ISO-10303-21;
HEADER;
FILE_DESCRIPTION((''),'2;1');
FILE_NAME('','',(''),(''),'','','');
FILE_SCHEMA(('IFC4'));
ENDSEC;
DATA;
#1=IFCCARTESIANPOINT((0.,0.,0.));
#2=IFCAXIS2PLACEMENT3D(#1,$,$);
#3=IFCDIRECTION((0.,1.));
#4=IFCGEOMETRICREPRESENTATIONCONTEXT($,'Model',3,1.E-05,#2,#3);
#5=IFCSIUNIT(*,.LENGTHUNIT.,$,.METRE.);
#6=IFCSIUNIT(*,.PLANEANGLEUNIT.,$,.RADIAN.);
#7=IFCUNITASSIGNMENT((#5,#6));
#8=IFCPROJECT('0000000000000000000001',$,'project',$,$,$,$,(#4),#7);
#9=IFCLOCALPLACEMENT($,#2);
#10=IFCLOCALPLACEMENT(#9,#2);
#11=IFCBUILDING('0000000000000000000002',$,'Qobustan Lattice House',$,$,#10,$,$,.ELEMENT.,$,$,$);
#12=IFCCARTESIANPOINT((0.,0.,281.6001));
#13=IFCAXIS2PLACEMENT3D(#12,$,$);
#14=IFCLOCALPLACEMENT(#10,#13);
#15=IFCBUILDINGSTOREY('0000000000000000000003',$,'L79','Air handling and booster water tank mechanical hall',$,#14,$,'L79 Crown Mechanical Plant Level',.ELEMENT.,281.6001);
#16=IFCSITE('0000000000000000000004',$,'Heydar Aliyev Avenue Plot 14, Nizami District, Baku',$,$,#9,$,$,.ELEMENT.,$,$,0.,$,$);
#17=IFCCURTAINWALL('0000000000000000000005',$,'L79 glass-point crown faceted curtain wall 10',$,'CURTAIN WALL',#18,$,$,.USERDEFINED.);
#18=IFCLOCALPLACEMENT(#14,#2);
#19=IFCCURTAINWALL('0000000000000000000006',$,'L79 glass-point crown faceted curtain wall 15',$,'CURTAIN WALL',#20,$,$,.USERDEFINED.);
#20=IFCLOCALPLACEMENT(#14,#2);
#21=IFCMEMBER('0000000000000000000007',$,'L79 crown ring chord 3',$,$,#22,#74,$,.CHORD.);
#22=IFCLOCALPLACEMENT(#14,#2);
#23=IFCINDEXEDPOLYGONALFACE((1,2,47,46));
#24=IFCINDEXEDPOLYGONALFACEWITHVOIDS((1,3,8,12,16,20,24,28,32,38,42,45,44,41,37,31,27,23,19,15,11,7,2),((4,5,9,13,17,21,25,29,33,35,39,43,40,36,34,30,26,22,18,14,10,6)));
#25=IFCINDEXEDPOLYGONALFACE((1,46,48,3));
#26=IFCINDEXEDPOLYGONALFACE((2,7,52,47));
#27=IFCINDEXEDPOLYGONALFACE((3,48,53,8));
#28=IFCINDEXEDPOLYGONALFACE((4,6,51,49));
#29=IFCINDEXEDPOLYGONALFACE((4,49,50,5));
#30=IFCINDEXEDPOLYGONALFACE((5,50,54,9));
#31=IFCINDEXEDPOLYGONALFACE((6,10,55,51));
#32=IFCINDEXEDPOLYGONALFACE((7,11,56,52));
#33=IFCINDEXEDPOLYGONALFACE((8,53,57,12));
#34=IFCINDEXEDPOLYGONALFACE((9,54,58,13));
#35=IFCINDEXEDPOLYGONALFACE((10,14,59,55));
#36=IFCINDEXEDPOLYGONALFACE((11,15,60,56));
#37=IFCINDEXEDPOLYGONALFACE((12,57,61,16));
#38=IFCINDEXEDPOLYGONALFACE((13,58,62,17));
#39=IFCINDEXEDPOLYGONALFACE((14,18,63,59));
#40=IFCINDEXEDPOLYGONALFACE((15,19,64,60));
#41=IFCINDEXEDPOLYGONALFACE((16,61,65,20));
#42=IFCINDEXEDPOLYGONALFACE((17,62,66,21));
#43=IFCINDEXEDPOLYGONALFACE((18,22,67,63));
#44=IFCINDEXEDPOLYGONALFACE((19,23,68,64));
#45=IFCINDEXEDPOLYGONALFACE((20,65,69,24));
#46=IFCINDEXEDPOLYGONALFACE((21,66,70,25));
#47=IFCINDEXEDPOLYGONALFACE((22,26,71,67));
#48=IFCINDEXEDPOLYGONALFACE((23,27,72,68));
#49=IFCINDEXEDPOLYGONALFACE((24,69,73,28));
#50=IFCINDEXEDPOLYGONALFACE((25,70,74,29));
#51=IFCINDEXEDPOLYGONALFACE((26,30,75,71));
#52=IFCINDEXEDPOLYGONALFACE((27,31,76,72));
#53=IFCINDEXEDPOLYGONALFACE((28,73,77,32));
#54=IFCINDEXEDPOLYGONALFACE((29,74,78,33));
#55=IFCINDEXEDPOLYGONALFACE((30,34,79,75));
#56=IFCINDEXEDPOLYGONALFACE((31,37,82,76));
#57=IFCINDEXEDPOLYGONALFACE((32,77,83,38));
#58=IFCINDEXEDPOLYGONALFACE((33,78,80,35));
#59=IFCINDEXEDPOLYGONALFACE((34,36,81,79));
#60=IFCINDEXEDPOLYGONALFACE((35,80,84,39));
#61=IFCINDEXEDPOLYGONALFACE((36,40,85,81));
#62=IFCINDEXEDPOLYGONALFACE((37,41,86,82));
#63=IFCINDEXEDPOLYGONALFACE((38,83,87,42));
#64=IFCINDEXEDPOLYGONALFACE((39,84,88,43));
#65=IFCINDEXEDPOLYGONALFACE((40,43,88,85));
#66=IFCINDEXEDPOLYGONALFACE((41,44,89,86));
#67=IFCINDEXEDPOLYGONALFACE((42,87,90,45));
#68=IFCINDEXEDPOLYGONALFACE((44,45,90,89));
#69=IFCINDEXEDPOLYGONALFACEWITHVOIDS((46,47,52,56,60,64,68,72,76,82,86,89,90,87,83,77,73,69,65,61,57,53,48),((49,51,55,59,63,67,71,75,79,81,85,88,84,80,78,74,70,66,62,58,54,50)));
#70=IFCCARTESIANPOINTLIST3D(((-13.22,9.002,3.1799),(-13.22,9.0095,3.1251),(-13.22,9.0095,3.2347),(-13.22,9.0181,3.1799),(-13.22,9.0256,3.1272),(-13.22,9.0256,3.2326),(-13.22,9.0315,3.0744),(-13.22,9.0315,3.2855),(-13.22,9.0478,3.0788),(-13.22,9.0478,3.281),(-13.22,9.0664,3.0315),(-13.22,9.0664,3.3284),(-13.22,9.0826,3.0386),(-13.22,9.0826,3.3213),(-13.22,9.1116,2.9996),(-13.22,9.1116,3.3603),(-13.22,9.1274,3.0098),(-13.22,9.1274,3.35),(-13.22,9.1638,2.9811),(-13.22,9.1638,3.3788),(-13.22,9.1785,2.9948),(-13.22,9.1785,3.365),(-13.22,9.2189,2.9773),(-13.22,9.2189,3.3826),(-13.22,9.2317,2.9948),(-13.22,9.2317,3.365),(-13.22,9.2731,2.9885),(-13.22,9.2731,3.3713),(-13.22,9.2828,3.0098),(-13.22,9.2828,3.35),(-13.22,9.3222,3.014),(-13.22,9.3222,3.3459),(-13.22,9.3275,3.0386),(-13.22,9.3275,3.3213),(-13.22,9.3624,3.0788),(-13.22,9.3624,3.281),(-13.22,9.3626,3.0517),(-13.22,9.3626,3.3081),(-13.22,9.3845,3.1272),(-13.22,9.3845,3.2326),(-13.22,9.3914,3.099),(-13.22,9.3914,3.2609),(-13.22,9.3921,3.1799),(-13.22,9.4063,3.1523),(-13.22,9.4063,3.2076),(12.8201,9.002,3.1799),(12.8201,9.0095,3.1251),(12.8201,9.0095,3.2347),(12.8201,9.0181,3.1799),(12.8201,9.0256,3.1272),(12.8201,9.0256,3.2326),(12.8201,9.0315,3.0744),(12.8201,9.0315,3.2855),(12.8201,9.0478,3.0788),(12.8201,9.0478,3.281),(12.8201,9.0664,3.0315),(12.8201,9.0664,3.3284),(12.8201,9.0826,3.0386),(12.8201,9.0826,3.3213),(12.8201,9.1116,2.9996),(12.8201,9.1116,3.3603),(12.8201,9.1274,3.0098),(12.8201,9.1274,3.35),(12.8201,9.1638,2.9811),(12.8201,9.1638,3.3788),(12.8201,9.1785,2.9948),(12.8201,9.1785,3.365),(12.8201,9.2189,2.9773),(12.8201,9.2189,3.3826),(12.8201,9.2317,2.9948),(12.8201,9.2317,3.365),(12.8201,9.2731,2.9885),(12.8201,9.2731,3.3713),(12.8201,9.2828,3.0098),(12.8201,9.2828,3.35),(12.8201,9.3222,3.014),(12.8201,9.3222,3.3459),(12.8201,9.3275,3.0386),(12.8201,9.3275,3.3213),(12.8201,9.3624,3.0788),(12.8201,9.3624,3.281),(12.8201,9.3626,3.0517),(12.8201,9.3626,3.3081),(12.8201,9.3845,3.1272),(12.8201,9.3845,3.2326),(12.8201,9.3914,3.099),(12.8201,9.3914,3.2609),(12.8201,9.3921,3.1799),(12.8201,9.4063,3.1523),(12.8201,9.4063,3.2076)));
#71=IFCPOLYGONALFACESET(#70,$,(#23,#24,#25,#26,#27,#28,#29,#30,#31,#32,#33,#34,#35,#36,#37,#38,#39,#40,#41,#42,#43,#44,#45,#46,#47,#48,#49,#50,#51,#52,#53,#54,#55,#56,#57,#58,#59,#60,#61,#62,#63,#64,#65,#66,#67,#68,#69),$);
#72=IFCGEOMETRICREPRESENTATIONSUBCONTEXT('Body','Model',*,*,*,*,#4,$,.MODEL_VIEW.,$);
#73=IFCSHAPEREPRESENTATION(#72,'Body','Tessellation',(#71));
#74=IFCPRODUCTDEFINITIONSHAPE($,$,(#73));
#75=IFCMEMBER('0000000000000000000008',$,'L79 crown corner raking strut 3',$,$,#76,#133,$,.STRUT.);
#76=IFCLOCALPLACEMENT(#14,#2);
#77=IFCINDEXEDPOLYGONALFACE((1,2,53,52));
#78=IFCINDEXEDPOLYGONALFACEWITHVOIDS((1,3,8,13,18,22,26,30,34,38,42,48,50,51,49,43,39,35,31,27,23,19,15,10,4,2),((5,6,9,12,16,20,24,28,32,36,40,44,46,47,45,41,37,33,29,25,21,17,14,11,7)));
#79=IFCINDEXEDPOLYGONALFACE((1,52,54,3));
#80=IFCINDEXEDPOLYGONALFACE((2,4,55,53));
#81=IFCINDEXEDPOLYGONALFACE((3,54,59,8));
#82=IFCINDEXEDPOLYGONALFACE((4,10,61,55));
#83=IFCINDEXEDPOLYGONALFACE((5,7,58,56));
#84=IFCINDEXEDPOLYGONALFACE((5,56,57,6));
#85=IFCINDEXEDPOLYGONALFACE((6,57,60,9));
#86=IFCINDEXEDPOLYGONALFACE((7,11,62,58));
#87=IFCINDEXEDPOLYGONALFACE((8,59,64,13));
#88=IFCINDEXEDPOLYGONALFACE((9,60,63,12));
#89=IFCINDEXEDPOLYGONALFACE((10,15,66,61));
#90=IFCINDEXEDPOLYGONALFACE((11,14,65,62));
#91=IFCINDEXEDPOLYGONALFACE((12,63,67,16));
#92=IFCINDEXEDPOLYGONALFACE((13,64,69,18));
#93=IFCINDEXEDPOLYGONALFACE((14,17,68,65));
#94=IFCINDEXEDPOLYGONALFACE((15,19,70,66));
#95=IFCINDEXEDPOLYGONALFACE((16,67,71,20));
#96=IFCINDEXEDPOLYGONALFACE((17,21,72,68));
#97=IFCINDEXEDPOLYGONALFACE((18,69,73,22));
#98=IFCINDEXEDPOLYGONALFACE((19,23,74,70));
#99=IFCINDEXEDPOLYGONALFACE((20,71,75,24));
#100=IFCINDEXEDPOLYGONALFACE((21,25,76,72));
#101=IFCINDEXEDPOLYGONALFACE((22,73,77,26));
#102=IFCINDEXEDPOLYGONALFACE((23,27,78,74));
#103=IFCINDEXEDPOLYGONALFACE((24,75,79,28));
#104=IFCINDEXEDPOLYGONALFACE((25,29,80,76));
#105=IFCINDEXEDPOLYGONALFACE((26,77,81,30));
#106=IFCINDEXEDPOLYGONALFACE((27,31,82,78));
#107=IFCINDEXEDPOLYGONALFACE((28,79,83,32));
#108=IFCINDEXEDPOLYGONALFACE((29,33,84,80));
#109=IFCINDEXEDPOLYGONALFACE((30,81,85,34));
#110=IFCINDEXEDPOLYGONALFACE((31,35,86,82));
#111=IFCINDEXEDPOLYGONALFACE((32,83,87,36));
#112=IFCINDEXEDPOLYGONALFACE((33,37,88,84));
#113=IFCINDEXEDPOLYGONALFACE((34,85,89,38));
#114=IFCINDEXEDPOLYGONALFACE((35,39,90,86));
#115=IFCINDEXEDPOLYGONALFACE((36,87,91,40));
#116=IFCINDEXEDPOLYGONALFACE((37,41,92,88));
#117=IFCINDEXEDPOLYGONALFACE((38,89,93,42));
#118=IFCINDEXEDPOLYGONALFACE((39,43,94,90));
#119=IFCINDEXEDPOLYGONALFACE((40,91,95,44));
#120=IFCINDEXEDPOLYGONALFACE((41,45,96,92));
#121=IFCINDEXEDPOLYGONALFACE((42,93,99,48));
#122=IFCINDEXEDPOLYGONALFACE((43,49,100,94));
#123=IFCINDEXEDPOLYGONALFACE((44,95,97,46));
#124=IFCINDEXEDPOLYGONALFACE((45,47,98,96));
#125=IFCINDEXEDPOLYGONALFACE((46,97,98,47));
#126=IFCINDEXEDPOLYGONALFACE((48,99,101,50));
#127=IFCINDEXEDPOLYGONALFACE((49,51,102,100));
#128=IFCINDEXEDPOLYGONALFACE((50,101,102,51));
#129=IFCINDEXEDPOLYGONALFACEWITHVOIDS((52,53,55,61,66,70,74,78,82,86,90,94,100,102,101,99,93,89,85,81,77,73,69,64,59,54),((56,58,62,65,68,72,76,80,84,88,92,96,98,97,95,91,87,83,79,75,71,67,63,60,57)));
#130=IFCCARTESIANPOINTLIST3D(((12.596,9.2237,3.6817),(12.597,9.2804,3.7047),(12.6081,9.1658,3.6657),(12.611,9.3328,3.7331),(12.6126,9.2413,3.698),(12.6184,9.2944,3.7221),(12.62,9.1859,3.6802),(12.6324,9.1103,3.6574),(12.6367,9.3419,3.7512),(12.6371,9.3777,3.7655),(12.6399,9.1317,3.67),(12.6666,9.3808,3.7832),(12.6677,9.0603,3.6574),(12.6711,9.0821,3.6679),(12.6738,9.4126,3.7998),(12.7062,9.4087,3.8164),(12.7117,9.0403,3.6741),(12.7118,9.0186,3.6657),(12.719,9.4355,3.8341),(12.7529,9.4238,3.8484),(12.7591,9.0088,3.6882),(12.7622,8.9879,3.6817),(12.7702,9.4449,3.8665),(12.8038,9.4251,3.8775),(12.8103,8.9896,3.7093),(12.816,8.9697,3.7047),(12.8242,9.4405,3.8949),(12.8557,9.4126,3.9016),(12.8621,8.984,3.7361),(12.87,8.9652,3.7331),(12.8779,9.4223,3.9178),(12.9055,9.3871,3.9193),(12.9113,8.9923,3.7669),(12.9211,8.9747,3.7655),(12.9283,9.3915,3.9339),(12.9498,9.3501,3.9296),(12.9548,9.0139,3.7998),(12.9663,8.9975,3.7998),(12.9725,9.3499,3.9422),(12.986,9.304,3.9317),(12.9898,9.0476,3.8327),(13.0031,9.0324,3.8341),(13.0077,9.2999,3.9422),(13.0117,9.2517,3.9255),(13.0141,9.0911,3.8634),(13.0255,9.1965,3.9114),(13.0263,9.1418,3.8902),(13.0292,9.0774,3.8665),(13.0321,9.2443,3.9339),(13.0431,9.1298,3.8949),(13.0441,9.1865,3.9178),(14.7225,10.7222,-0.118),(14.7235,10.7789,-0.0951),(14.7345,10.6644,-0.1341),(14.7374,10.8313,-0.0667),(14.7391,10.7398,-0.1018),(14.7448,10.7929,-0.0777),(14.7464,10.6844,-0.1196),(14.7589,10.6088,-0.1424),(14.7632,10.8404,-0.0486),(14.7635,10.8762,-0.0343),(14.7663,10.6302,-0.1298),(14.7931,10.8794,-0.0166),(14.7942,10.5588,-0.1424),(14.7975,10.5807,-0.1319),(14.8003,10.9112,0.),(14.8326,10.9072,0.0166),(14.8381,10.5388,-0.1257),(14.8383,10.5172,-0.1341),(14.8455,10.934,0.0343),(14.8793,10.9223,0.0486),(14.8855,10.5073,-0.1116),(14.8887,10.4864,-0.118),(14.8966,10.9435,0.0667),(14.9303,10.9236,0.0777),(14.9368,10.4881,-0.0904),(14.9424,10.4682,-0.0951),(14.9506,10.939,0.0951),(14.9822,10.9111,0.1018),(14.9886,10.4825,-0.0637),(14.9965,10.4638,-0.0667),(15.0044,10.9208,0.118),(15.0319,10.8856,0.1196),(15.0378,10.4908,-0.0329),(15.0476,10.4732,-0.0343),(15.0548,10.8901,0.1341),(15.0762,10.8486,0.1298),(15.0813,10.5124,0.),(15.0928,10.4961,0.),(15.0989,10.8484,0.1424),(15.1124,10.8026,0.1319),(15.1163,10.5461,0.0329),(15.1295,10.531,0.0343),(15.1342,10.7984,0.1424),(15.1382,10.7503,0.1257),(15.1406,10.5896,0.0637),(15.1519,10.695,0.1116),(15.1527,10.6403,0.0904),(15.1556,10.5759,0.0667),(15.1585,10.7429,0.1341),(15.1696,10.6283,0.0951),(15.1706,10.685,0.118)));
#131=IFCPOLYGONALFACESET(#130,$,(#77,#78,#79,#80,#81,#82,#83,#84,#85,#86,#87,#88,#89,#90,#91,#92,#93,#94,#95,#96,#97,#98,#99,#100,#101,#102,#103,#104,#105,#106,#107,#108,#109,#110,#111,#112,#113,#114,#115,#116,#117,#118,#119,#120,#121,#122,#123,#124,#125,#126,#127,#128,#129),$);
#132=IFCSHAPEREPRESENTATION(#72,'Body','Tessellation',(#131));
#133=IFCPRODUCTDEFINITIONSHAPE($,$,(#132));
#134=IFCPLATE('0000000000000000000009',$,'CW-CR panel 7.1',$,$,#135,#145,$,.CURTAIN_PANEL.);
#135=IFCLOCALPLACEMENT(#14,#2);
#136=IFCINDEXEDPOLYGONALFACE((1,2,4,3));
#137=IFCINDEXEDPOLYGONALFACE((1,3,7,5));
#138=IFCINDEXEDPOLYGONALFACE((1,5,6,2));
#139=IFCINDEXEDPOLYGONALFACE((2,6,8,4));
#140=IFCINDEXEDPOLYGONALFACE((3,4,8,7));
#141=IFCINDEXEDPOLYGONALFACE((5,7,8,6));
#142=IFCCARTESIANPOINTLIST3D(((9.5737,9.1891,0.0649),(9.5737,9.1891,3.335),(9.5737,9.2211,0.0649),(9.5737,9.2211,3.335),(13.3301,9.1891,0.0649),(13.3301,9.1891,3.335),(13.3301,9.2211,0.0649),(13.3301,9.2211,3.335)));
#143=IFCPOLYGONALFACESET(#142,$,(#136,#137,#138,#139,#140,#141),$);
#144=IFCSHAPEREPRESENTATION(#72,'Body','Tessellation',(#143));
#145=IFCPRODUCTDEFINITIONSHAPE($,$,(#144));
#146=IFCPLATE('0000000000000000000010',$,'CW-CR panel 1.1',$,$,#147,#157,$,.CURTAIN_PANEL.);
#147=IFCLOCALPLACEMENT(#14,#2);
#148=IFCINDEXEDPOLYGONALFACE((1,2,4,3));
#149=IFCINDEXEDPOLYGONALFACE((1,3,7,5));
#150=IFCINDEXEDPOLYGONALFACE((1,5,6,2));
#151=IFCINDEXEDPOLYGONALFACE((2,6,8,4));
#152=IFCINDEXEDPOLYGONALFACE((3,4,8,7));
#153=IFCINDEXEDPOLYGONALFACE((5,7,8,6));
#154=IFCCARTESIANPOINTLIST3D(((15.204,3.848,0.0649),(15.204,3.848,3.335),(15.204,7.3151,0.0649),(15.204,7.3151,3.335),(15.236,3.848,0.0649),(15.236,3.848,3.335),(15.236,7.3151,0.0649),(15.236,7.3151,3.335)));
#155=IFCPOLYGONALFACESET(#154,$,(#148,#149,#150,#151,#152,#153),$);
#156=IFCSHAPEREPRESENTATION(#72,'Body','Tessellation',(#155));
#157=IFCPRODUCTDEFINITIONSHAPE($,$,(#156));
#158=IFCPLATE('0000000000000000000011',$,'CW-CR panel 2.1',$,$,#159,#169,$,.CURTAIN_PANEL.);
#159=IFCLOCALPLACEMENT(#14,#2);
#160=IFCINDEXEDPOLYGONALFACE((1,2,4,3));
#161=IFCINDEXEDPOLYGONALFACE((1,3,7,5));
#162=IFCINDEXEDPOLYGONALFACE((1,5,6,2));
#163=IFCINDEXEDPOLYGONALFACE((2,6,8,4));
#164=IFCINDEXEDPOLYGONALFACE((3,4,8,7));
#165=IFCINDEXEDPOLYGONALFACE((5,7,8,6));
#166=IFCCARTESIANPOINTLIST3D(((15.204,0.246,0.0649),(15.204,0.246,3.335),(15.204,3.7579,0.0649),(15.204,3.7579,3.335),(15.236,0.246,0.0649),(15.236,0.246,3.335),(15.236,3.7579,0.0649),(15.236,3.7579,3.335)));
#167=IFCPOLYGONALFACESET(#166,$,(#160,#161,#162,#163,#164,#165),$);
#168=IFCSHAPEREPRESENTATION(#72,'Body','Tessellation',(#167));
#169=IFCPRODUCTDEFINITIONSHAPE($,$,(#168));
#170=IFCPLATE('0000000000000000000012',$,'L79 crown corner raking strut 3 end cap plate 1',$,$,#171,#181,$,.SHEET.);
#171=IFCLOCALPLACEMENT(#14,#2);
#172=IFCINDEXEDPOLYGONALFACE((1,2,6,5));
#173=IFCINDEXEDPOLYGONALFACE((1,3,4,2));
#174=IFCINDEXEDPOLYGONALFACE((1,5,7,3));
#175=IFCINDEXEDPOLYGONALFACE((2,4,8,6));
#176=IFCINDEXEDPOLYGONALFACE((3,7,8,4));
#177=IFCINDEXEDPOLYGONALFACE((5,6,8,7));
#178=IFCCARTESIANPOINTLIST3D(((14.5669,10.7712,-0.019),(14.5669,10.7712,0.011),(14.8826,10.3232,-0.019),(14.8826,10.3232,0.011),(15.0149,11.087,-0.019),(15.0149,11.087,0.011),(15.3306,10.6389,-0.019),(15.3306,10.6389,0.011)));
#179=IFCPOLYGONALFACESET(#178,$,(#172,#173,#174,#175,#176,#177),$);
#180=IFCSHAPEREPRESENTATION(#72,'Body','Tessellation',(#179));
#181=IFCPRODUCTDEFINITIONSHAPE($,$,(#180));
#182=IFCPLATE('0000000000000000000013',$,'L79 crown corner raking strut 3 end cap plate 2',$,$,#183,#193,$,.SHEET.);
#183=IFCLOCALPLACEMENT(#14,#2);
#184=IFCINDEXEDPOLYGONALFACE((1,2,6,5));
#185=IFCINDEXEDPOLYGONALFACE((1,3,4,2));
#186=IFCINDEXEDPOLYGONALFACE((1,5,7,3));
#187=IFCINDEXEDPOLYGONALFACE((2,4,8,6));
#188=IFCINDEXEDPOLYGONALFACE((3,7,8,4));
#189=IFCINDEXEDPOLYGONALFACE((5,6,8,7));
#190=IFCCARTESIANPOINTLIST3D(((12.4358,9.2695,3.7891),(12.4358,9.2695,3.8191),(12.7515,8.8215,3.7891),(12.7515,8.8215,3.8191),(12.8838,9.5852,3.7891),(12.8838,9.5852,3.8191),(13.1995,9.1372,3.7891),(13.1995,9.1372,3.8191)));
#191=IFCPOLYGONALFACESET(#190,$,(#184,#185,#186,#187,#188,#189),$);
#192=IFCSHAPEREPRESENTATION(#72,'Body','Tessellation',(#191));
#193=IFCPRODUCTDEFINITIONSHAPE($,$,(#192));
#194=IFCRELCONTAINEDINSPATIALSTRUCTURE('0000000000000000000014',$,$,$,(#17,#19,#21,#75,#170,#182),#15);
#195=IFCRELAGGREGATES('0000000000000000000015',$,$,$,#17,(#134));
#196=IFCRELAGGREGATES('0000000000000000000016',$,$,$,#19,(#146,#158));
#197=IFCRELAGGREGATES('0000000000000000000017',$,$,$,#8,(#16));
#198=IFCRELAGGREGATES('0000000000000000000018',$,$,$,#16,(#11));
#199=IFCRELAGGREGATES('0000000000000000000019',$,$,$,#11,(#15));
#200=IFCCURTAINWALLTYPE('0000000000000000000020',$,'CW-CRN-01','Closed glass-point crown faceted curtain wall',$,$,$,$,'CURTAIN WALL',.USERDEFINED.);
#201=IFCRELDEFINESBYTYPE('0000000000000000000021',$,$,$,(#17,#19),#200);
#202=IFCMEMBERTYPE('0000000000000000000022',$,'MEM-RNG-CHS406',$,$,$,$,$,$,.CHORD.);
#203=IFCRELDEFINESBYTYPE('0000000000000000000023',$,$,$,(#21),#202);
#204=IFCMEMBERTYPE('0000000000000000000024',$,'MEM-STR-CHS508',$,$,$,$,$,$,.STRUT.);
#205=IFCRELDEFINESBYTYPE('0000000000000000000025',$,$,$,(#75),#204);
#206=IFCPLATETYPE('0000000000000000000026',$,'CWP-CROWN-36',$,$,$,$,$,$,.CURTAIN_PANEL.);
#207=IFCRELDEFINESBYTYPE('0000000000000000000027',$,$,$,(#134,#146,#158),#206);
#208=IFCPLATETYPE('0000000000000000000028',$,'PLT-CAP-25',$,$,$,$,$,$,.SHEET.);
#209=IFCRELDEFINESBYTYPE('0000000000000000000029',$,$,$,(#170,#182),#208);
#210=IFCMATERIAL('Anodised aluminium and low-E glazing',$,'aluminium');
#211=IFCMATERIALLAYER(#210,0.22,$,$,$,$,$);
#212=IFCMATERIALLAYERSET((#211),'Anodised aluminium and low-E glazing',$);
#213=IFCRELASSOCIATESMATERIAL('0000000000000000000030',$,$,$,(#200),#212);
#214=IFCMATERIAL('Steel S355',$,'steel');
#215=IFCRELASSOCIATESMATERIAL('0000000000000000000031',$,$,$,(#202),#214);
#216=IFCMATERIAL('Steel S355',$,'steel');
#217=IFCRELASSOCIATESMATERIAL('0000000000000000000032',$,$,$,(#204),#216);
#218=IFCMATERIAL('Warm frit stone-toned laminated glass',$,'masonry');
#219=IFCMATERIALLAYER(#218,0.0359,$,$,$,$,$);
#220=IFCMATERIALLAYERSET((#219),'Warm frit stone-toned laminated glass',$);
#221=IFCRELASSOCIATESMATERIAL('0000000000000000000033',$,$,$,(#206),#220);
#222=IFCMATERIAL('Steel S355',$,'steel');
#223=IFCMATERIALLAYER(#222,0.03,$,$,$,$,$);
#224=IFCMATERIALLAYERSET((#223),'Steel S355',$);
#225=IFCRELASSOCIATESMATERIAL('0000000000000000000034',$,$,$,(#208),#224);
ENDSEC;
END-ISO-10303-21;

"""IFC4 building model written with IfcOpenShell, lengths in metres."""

from ifc_helpers import new_model, si_unit, direction, frame, origin, origin_2d, place, context, subcontext, project, spatial, rectangle, hollow_circle, extrude, material, layer, layer_set, material_profile, profile_set, type_object, element, aggregate, save


model = new_model("IFC4")

# Units and contexts
model_context = context("Model", 3, precision=1e-05, world=origin(), true_north=direction((0.0, 1.0)))
body_context = subcontext(model_context, "Body", "Model", "MODEL_VIEW")
ifc_project = project(units=[si_unit("LENGTHUNIT", "METRE"), si_unit("PLANEANGLEUNIT", "RADIAN")], contexts=[model_context])

# Site, building, storey
site_placement = place(None, origin())
site = spatial("IfcSite", under=ifc_project, at=site_placement, Name="Heydar Aliyev Avenue Plot 14, Nizami District, Baku", CompositionType="ELEMENT", RefElevation=0.0)
building_placement = place(site_placement, origin())
building = spatial("IfcBuilding", under=site, at=building_placement, Name="Qobustan Lattice House", CompositionType="ELEMENT")
storey_placement = place(building_placement, frame((0.0, 0.0, 281.6001)))
storey = spatial("IfcBuildingStorey", under=building, at=storey_placement, Name="L79", Description="Air handling and booster water tank mechanical hall", LongName="L79 Crown Mechanical Plant Level", CompositionType="ELEMENT", Elevation=281.6001)

# Curtain wall
ifc_material_1 = material(Name="Anodised aluminium and low-E glazing", Category="aluminium")
ifc_layer_1 = layer(ifc_material_1, 0.22)
ifc_layer_set_1 = layer_set([ifc_layer_1], Name="Anodised aluminium and low-E glazing")
curtain_wall_type = type_object("IfcCurtainWallType", Name="CW-CRN-01", Description="Closed glass-point crown faceted curtain wall", ElementType="CURTAIN WALL", PredefinedType="USERDEFINED", material=ifc_layer_set_1)
curtain_wall_1_placement = place(storey_placement, origin())
curtain_wall_1 = element("IfcCurtainWall", 1, at=curtain_wall_1_placement, inside=storey, type_object=curtain_wall_type, Name="L79 glass-point crown faceted curtain wall 10", ObjectType="CURTAIN WALL", PredefinedType="USERDEFINED")

# Curtain wall
curtain_wall_2_placement = place(storey_placement, origin())
curtain_wall_2 = element("IfcCurtainWall", 2, at=curtain_wall_2_placement, inside=storey, type_object=curtain_wall_type, Name="L79 glass-point crown faceted curtain wall 15", ObjectType="CURTAIN WALL", PredefinedType="USERDEFINED")

# Members
ifc_material_2 = material(Name="Steel S355", Category="steel")
ifc_material_profile_1 = material_profile(ifc_material_2, hollow_circle(Radius=0.2031, WallThickness=0.0161, at=origin_2d()), Name="CHS406.4x16")
ifc_profile_set_1 = profile_set([ifc_material_profile_1], Name="Steel S355")
member_type_1 = type_object("IfcMemberType", Name="MEM-RNG-CHS406", PredefinedType="CHORD", material=ifc_profile_set_1)
member_1_placement = place(storey_placement, frame((12.8201, 9.2051, 3.1799), z_axis=(-1.0, 0.0, 0.0), x_axis=(0.0, -1.0, 0.0)))
element("IfcMember", 3, at=member_1_placement, inside=storey, type_object=member_type_1, Name="L79 crown ring chord 3", PredefinedType="CHORD", context=body_context, shape_type="SweptSolid", body=[
    extrude(hollow_circle(Radius=0.2031, WallThickness=0.0161, at=origin_2d()), origin(), (0.0, 0.0, 1.0), 26.04),
])
ifc_material_3 = material(Name="Steel S355", Category="steel")
ifc_material_profile_2 = material_profile(ifc_material_3, hollow_circle(Radius=0.2539, WallThickness=0.02, at=origin_2d()), Name="CHS508x20")
ifc_profile_set_2 = profile_set([ifc_material_profile_2], Name="Steel S355")
member_type_2 = type_object("IfcMemberType", Name="MEM-STR-CHS508", PredefinedType="STRUT", material=ifc_profile_set_2)
member_2_placement = place(storey_placement, frame((14.9465, 10.7036, 0.0), z_axis=(-0.461774, -0.325415, 0.825149), x_axis=(0.576042, -0.81742, 0.0)))
element("IfcMember", 4, at=member_2_placement, inside=storey, type_object=member_type_2, Name="L79 crown corner raking strut 3", PredefinedType="STRUT", context=body_context, shape_type="SweptSolid", body=[
    extrude(hollow_circle(Radius=0.2539, WallThickness=0.02, at=origin_2d()), origin(), (0.0, 0.0, 1.0), 4.605),
])

# Plates
ifc_material_4 = material(Name="Warm frit stone-toned laminated glass", Category="masonry")
ifc_layer_2 = layer(ifc_material_4, 0.0359)
ifc_layer_set_2 = layer_set([ifc_layer_2], Name="Warm frit stone-toned laminated glass")
plate_type_1 = type_object("IfcPlateType", Name="CWP-CROWN-36", PredefinedType="CURTAIN_PANEL", material=ifc_layer_set_2)
plate_1_placement = place(storey_placement, frame((11.4519, 9.2051, 0.0649), z_axis=(0.0, 0.0, 1.0), x_axis=(1.0, 0.0, 0.0)))
plate_1 = element("IfcPlate", 5, at=plate_1_placement, type_object=plate_type_1, Name="CW-CR panel 7.1", PredefinedType="CURTAIN_PANEL", context=body_context, shape_type="SweptSolid", body=[
    extrude(rectangle(XDim=3.7563, YDim=0.032, at=origin_2d()), origin(), (0.0, 0.0, 1.0), 3.27),
])
aggregate(curtain_wall_1, [plate_1])
plate_2_placement = place(storey_placement, frame((15.22, 5.5815, 0.0649), z_axis=(0.0, 0.0, 1.0), x_axis=(0.0, -1.0, 0.0)))
plate_2 = element("IfcPlate", 6, at=plate_2_placement, type_object=plate_type_1, Name="CW-CR panel 1.1", PredefinedType="CURTAIN_PANEL", context=body_context, shape_type="SweptSolid", body=[
    extrude(rectangle(XDim=3.467, YDim=0.032, at=origin_2d()), origin(), (0.0, 0.0, 1.0), 3.27),
])
plate_3_placement = place(storey_placement, frame((15.22, 2.002, 0.0649), z_axis=(0.0, 0.0, 1.0), x_axis=(0.0, -1.0, 0.0)))
plate_3 = element("IfcPlate", 7, at=plate_3_placement, type_object=plate_type_1, Name="CW-CR panel 2.1", PredefinedType="CURTAIN_PANEL", context=body_context, shape_type="SweptSolid", body=[
    extrude(rectangle(XDim=3.512, YDim=0.032, at=origin_2d()), origin(), (0.0, 0.0, 1.0), 3.27),
])
aggregate(curtain_wall_2, [plate_2, plate_3])

# Plates
ifc_material_5 = material(Name="Steel S355", Category="steel")
ifc_layer_3 = layer(ifc_material_5, 0.03)
ifc_layer_set_3 = layer_set([ifc_layer_3], Name="Steel S355")
plate_type_2 = type_object("IfcPlateType", Name="PLT-CAP-25", PredefinedType="SHEET", material=ifc_layer_set_3)
for number, where, z_axis, x_axis, name in (
    (8, (14.9487, 10.7051, -0.019), (0.0, 0.0, 1.0), (-0.817426, -0.576033, 0.0), "L79 crown corner raking strut 3 end cap plate 1"),
    (9, (12.8176, 9.2034, 3.7891), (0.0, 0.0, 1.0), (-0.817426, -0.576033, 0.0), "L79 crown corner raking strut 3 end cap plate 2"),
):
    element("IfcPlate", number, at=place(storey_placement, frame(where, z_axis=z_axis, x_axis=x_axis)), inside=storey, type_object=plate_type_2, Name=name, PredefinedType="SHEET", context=body_context, shape_type="SweptSolid", body=[
        extrude(rectangle(XDim=0.5481, YDim=0.5481, at=origin_2d()), origin(), (0.0, 0.0, 1.0), 0.03),
    ])

save(model, "model.ifc")
